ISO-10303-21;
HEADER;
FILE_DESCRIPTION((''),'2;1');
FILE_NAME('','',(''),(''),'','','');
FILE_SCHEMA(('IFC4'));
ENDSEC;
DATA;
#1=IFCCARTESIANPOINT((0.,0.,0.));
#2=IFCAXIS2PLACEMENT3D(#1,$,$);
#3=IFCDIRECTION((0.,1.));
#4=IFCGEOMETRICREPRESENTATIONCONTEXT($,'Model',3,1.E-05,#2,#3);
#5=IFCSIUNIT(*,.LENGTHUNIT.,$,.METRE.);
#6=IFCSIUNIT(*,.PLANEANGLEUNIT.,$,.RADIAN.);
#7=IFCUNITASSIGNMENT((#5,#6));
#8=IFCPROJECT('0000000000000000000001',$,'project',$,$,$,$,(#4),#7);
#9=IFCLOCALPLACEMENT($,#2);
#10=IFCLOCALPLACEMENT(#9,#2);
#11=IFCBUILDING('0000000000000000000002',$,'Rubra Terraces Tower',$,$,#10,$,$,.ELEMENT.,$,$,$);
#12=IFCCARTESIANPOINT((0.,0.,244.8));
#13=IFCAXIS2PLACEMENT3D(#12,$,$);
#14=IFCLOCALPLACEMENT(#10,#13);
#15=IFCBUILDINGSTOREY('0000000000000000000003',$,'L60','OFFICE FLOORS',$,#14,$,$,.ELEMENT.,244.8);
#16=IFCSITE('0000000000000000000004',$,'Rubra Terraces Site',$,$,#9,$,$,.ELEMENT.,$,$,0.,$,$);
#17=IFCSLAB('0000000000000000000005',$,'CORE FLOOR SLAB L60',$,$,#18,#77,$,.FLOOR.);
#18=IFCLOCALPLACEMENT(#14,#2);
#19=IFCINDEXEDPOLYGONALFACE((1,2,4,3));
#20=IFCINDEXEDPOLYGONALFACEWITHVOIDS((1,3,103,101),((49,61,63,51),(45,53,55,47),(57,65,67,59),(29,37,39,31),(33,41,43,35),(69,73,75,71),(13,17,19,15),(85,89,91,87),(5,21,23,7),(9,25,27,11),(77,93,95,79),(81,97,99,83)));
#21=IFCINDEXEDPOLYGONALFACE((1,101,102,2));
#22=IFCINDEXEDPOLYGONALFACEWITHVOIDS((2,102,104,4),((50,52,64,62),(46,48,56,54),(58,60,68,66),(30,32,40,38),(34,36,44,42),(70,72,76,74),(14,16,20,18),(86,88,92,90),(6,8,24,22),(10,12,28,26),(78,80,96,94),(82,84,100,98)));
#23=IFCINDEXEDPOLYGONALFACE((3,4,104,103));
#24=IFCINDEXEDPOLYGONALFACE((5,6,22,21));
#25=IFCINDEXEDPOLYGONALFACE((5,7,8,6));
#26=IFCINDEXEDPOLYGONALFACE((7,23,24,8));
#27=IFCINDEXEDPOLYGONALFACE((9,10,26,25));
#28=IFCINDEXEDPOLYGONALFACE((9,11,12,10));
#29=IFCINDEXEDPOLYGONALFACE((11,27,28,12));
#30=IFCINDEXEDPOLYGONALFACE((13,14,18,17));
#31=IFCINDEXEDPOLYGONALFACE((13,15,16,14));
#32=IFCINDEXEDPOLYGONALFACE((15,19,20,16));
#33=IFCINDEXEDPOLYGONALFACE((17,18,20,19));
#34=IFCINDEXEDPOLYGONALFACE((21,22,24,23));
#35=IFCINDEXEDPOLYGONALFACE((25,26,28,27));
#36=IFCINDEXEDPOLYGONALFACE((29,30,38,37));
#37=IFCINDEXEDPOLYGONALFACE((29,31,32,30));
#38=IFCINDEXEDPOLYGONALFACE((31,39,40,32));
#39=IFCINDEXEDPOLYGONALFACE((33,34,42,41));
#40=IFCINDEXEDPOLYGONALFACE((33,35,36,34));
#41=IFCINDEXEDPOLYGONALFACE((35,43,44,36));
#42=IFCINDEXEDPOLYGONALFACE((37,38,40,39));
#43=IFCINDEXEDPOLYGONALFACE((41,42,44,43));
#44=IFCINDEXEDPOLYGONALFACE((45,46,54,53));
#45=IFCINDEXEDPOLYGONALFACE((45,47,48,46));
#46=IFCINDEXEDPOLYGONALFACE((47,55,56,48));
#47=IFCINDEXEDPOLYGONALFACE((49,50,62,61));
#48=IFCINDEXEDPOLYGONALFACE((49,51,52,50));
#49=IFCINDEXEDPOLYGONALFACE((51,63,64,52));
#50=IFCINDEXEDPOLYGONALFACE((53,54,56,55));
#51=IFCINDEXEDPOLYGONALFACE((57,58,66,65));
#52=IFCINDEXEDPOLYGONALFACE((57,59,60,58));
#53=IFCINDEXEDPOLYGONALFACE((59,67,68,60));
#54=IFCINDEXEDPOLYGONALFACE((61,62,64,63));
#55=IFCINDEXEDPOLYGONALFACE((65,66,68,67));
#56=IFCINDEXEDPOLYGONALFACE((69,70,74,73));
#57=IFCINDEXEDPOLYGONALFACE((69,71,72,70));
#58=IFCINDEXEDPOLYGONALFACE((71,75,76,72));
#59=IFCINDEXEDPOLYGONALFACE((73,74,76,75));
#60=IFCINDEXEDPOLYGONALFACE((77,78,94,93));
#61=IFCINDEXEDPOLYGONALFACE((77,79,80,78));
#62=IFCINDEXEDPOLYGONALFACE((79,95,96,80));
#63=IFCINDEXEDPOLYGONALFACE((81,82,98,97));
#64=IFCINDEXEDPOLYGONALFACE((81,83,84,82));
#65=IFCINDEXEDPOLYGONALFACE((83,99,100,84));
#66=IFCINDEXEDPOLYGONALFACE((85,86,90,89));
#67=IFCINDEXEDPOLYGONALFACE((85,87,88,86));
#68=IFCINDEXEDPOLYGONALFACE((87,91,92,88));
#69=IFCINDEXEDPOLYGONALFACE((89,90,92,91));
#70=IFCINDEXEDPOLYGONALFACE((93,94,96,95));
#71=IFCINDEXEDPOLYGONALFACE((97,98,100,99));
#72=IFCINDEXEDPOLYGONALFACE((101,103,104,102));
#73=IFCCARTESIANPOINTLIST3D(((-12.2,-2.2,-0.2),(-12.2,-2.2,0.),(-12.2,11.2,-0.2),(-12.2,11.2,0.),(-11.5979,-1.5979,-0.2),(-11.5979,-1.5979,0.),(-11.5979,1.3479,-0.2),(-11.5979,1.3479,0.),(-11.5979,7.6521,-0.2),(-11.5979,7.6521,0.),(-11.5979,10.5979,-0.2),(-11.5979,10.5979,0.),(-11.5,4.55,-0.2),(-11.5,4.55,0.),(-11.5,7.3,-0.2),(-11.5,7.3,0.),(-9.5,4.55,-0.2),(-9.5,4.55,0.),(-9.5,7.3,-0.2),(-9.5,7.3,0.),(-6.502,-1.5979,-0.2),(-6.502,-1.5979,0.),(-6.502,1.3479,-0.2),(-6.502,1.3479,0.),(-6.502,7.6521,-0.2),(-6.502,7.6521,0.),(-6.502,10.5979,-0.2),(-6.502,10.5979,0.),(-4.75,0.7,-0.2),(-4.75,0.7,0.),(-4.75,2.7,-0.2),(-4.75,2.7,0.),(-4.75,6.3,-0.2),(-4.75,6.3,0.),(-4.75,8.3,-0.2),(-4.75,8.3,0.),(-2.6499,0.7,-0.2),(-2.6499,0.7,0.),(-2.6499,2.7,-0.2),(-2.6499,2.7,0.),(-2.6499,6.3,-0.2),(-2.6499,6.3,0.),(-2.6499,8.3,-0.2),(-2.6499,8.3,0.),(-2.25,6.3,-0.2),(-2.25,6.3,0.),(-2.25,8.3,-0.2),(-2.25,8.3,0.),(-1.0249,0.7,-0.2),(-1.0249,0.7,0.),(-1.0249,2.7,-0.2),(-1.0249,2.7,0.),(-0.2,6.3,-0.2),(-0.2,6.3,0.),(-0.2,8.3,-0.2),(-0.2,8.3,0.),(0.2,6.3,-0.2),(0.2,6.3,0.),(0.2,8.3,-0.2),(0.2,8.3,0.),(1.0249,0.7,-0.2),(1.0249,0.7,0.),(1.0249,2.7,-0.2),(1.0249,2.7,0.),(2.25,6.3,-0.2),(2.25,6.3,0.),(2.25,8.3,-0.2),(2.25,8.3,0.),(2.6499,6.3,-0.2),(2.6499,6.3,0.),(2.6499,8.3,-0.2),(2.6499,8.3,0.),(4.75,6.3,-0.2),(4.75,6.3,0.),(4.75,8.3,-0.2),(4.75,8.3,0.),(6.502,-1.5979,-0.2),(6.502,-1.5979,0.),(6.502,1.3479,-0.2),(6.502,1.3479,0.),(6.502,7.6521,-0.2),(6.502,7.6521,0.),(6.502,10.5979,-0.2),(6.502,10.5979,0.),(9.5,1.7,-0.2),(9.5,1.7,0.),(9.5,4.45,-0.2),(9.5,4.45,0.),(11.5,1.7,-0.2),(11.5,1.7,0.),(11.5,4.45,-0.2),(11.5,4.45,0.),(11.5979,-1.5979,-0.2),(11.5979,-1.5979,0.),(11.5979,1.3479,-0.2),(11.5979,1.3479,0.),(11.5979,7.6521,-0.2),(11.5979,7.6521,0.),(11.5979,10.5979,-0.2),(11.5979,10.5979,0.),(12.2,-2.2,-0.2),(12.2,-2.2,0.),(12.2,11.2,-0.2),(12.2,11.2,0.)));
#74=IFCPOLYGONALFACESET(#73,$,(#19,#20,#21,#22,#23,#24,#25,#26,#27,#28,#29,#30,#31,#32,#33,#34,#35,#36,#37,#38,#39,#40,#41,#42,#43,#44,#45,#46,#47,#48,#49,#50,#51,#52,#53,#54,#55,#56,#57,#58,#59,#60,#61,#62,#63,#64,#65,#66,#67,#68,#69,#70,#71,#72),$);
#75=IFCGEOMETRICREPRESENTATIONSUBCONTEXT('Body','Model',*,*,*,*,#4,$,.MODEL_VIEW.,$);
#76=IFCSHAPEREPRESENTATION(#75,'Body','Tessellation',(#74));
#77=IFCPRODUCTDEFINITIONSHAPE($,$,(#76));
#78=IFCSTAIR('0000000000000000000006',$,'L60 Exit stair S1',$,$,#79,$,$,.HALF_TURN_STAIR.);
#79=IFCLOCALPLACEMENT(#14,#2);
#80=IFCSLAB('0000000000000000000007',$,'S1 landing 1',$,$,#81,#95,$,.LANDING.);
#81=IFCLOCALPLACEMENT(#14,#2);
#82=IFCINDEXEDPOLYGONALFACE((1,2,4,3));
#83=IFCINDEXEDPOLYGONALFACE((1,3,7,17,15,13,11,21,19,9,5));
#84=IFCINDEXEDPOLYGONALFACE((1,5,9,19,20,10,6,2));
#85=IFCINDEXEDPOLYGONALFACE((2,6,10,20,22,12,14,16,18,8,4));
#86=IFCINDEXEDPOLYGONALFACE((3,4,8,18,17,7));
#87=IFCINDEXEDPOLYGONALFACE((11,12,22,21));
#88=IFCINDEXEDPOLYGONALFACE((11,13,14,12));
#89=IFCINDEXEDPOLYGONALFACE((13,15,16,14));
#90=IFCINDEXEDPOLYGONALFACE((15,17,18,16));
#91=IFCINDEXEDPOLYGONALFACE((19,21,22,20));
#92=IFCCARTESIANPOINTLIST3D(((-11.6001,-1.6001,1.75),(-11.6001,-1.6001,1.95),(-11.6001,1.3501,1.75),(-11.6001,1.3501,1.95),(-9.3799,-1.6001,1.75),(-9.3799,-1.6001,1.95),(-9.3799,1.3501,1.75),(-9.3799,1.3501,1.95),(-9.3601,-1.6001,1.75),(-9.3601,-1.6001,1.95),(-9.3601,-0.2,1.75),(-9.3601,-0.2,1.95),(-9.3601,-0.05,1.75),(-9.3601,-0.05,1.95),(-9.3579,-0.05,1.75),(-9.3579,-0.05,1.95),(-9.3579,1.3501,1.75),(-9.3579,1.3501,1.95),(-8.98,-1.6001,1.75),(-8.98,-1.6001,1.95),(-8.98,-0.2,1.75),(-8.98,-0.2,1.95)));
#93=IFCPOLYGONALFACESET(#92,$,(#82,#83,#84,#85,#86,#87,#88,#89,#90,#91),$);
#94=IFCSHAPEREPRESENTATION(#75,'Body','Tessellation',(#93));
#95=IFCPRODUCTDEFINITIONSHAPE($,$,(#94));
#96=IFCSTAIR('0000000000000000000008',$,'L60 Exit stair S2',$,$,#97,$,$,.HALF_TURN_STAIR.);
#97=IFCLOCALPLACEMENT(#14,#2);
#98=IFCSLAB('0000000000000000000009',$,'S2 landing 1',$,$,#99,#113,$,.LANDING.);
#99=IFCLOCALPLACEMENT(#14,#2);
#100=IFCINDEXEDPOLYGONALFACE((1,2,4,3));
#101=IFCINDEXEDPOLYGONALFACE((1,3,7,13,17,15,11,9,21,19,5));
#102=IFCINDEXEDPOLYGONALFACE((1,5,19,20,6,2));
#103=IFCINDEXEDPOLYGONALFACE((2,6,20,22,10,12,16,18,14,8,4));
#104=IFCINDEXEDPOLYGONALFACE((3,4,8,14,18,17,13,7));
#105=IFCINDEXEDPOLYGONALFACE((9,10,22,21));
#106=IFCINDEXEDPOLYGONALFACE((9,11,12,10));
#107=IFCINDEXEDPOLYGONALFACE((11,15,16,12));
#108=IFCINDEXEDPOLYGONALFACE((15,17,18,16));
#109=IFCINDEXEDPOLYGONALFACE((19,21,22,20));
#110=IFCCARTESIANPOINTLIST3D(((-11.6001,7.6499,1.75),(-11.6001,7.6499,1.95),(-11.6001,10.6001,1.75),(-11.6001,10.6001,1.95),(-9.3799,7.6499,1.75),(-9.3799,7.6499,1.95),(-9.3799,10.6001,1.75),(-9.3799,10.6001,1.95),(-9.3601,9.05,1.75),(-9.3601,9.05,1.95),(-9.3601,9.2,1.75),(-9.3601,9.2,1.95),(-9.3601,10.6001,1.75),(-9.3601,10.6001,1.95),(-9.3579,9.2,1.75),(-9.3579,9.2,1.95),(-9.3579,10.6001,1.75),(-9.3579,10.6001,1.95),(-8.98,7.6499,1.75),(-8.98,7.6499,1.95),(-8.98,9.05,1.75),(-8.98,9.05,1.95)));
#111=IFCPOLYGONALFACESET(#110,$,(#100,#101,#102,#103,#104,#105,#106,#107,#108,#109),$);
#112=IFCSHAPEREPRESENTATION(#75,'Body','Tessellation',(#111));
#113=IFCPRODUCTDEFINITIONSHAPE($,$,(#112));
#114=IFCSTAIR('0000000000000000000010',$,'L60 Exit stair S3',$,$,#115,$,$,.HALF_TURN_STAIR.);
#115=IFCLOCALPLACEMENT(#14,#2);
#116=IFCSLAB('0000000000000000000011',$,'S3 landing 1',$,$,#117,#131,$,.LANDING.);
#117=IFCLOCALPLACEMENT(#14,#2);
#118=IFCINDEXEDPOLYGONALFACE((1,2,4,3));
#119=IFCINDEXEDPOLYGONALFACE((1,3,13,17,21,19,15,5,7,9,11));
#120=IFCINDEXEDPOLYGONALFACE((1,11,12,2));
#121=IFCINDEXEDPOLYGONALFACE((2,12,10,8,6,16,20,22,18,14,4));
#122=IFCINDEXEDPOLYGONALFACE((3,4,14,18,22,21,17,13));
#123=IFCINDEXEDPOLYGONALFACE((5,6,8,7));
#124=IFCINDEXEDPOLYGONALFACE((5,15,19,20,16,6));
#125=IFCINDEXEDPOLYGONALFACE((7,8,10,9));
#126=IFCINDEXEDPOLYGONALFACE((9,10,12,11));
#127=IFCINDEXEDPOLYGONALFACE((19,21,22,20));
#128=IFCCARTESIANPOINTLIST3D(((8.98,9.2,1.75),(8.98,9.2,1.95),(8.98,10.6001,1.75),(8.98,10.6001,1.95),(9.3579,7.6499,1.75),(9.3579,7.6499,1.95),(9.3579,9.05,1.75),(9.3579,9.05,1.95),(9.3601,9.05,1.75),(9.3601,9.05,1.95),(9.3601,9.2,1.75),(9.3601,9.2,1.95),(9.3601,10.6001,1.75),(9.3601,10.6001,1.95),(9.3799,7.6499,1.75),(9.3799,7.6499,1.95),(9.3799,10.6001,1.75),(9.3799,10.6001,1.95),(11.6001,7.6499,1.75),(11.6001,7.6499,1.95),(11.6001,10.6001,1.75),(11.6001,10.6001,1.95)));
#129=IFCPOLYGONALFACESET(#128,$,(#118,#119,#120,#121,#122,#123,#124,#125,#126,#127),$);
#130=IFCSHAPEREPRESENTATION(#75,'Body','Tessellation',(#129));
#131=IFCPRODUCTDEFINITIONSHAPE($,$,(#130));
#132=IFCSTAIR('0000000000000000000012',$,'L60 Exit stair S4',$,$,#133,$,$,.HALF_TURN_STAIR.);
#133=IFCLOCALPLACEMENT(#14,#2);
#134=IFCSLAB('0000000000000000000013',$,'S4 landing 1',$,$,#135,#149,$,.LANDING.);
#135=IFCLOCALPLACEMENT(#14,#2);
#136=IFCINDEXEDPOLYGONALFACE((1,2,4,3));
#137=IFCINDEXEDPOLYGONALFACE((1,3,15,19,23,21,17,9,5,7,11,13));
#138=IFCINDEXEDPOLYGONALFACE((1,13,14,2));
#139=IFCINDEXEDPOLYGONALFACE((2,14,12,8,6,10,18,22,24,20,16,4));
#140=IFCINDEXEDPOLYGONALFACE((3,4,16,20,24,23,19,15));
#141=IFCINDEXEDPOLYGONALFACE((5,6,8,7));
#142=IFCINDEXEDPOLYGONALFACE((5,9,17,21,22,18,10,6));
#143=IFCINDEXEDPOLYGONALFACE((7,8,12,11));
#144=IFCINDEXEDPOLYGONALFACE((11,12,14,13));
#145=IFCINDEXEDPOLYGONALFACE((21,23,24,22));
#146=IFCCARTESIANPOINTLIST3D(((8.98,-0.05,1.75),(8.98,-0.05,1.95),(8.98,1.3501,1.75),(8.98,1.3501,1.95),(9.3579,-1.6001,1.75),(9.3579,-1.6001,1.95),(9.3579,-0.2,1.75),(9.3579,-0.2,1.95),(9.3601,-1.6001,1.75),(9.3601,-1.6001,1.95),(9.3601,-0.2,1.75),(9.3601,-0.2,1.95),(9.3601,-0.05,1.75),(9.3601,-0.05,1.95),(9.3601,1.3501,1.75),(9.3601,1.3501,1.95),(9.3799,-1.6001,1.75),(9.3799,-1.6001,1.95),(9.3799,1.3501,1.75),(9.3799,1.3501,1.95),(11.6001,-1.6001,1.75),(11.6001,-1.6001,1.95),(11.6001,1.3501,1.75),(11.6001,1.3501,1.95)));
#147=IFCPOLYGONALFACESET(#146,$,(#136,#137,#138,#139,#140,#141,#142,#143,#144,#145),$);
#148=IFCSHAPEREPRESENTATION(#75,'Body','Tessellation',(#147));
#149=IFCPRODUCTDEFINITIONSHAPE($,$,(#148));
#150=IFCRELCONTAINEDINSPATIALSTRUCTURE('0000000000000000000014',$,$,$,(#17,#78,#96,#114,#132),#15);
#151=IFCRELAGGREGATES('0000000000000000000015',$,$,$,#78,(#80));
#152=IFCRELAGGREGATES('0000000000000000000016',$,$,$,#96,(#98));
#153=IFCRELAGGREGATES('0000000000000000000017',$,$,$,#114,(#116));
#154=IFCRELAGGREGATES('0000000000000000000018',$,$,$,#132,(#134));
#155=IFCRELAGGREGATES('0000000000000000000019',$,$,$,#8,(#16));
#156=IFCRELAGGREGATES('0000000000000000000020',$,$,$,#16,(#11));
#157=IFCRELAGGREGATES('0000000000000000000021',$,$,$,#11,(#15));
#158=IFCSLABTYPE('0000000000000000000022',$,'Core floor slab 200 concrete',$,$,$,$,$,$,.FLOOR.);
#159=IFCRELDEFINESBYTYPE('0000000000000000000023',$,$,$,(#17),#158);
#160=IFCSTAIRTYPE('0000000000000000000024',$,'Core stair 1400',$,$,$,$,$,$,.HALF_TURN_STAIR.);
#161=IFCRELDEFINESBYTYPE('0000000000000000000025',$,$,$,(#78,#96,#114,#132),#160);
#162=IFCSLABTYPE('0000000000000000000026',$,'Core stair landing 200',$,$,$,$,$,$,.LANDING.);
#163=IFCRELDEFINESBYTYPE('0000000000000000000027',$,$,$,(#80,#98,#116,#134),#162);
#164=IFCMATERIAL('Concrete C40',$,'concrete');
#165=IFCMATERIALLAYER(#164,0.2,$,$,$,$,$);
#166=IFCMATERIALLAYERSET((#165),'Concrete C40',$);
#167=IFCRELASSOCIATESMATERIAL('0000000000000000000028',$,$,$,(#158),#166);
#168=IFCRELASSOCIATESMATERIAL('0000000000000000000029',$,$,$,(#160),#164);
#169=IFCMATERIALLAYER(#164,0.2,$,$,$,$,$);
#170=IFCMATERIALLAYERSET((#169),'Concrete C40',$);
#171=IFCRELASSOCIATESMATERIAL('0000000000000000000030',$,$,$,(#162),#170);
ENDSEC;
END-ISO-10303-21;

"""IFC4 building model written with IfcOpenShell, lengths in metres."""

from ifc_helpers import new_model, si_unit, direction, frame, origin, place, context, subcontext, project, spatial, polyline, outline, extrude, material, layer, layer_set, type_object, element, aggregate, save


model = new_model("IFC4")

# Units and contexts
model_context = context("Model", 3, precision=1e-05, world=origin(), true_north=direction((0.0, 1.0)))
body_context = subcontext(model_context, "Body", "Model", "MODEL_VIEW")
ifc_project = project(units=[si_unit("LENGTHUNIT", "METRE"), si_unit("PLANEANGLEUNIT", "RADIAN")], contexts=[model_context])

# Site, building, storey
site_placement = place(None, origin())
site = spatial("IfcSite", under=ifc_project, at=site_placement, Name="Rubra Terraces Site", CompositionType="ELEMENT", RefElevation=0.0)
building_placement = place(site_placement, origin())
building = spatial("IfcBuilding", under=site, at=building_placement, Name="Rubra Terraces Tower", CompositionType="ELEMENT")
storey_placement = place(building_placement, frame((0.0, 0.0, 244.8)))
storey = spatial("IfcBuildingStorey", under=building, at=storey_placement, Name="L60", Description="OFFICE FLOORS", CompositionType="ELEMENT", Elevation=244.8)

# Slab
ifc_material_1 = material(Name="Concrete C40", Category="concrete")
ifc_layer_1 = layer(ifc_material_1, 0.2)
ifc_layer_set_1 = layer_set([ifc_layer_1], Name="Concrete C40")
slab_type_1 = type_object("IfcSlabType", Name="Core floor slab 200 concrete", PredefinedType="FLOOR", material=ifc_layer_set_1)
slab_1_placement = place(storey_placement, frame((0.0, 0.0, -0.2)))
element("IfcSlab", 1, at=slab_1_placement, inside=storey, type_object=slab_type_1, Name="CORE FLOOR SLAB L60", PredefinedType="FLOOR", context=body_context, shape_type="SweptSolid", body=[
    extrude(outline(polyline([(-12.2, -2.2), (-12.2, 11.2), (12.2, 11.2), (12.2, -2.2), (-12.2, -2.2)]), holes=[polyline([(11.5979, 1.3479), (6.502, 1.3479), (6.502, -1.5979), (11.5979, -1.5979), (11.5979, 1.3479)]), polyline([(11.5979, 7.6521), (11.5979, 10.5979), (6.502, 10.5979), (6.502, 7.6521), (11.5979, 7.6521)]), polyline([(9.5, 1.7), (11.5, 1.7), (11.5, 4.45), (9.5, 4.45), (9.5, 1.7)]), polyline([(4.75, 6.3), (4.75, 8.3), (2.6499, 8.3), (2.6499, 6.3), (4.75, 6.3)]), polyline([(2.25, 8.3), (0.2, 8.3), (0.2, 6.3), (2.25, 6.3), (2.25, 8.3)]), polyline([(1.0249, 0.7), (1.0249, 2.7), (-1.0249, 2.7), (-1.0249, 0.7), (1.0249, 0.7)]), polyline([(-0.2, 6.3), (-0.2, 8.3), (-2.25, 8.3), (-2.25, 6.3), (-0.2, 6.3)]), polyline([(-4.75, 8.3), (-4.75, 6.3), (-2.6499, 6.3), (-2.6499, 8.3), (-4.75, 8.3)]), polyline([(-2.6499, 0.7), (-2.6499, 2.7), (-4.75, 2.7), (-4.75, 0.7), (-2.6499, 0.7)]), polyline([(-11.5979, -1.5979), (-6.502, -1.5979), (-6.502, 1.3479), (-11.5979, 1.3479), (-11.5979, -1.5979)]), polyline([(-11.5979, 10.5979), (-11.5979, 7.6521), (-6.502, 7.6521), (-6.502, 10.5979), (-11.5979, 10.5979)]), polyline([(-9.5, 4.55), (-9.5, 7.3), (-11.5, 7.3), (-11.5, 4.55), (-9.5, 4.55)])]), origin(), (0.0, 0.0, 1.0), 0.2),
])

# Stairs, slabs
stair_type = type_object("IfcStairType", Name="Core stair 1400", PredefinedType="HALF_TURN_STAIR", material=ifc_material_1)
stair_1_placement = place(storey_placement, origin())
stair_1 = element("IfcStair", 2, at=stair_1_placement, inside=storey, type_object=stair_type, Name="L60 Exit stair S1", PredefinedType="HALF_TURN_STAIR")
ifc_layer_2 = layer(ifc_material_1, 0.2)
ifc_layer_set_2 = layer_set([ifc_layer_2], Name="Concrete C40")
slab_type_2 = type_object("IfcSlabType", Name="Core stair landing 200", PredefinedType="LANDING", material=ifc_layer_set_2)
slab_2_placement = place(storey_placement, frame((0.0, 0.0, 1.75)))
slab_2 = element("IfcSlab", 3, at=slab_2_placement, type_object=slab_type_2, Name="S1 landing 1", PredefinedType="LANDING", context=body_context, shape_type="SweptSolid", body=[
    extrude(outline(polyline([(-8.98, -0.2), (-8.98, -1.6001), (-9.3601, -1.6001), (-9.3799, -1.6001), (-11.6001, -1.6001), (-11.6001, 1.3501), (-9.3799, 1.3501), (-9.3579, 1.3501), (-9.3579, -0.05), (-9.3601, -0.05), (-9.3601, -0.2), (-8.98, -0.2)])), origin(), (0.0, 0.0, 1.0), 0.2),
])
aggregate(stair_1, [slab_2])
stair_2_placement = place(storey_placement, origin())
stair_2 = element("IfcStair", 4, at=stair_2_placement, inside=storey, type_object=stair_type, Name="L60 Exit stair S2", PredefinedType="HALF_TURN_STAIR")
slab_3_placement = place(storey_placement, frame((0.0, 0.0, 1.75)))
slab_3 = element("IfcSlab", 5, at=slab_3_placement, type_object=slab_type_2, Name="S2 landing 1", PredefinedType="LANDING", context=body_context, shape_type="SweptSolid", body=[
    extrude(outline(polyline([(-8.98, 9.05), (-8.98, 7.6499), (-9.3799, 7.6499), (-11.6001, 7.6499), (-11.6001, 10.6001), (-9.3799, 10.6001), (-9.3601, 10.6001), (-9.3579, 10.6001), (-9.3579, 9.2), (-9.3601, 9.2), (-9.3601, 9.05), (-8.98, 9.05)])), origin(), (0.0, 0.0, 1.0), 0.2),
])
aggregate(stair_2, [slab_3])
stair_3_placement = place(storey_placement, origin())
stair_3 = element("IfcStair", 6, at=stair_3_placement, inside=storey, type_object=stair_type, Name="L60 Exit stair S3", PredefinedType="HALF_TURN_STAIR")
slab_4_placement = place(storey_placement, frame((0.0, 0.0, 1.75)))
slab_4 = element("IfcSlab", 7, at=slab_4_placement, type_object=slab_type_2, Name="S3 landing 1", PredefinedType="LANDING", context=body_context, shape_type="SweptSolid", body=[
    extrude(outline(polyline([(9.3601, 9.05), (9.3601, 9.2), (8.98, 9.2), (8.98, 10.6001), (9.3601, 10.6001), (9.3799, 10.6001), (11.6001, 10.6001), (11.6001, 7.6499), (9.3799, 7.6499), (9.3579, 7.6499), (9.3579, 9.05), (9.3601, 9.05)])), origin(), (0.0, 0.0, 1.0), 0.2),
])
aggregate(stair_3, [slab_4])
stair_4_placement = place(storey_placement, origin())
stair_4 = element("IfcStair", 8, at=stair_4_placement, inside=storey, type_object=stair_type, Name="L60 Exit stair S4", PredefinedType="HALF_TURN_STAIR")
slab_5_placement = place(storey_placement, frame((0.0, 0.0, 1.75)))
slab_5 = element("IfcSlab", 9, at=slab_5_placement, type_object=slab_type_2, Name="S4 landing 1", PredefinedType="LANDING", context=body_context, shape_type="SweptSolid", body=[
    extrude(outline(polyline([(9.3601, -0.2), (9.3601, -0.05), (8.98, -0.05), (8.98, 1.3501), (9.3601, 1.3501), (9.3799, 1.3501), (11.6001, 1.3501), (11.6001, -1.6001), (9.3799, -1.6001), (9.3601, -1.6001), (9.3579, -1.6001), (9.3579, -0.2), (9.3601, -0.2)])), origin(), (0.0, 0.0, 1.0), 0.2),
])

aggregate(stair_4, [slab_5])

save(model, "model.ifc")
